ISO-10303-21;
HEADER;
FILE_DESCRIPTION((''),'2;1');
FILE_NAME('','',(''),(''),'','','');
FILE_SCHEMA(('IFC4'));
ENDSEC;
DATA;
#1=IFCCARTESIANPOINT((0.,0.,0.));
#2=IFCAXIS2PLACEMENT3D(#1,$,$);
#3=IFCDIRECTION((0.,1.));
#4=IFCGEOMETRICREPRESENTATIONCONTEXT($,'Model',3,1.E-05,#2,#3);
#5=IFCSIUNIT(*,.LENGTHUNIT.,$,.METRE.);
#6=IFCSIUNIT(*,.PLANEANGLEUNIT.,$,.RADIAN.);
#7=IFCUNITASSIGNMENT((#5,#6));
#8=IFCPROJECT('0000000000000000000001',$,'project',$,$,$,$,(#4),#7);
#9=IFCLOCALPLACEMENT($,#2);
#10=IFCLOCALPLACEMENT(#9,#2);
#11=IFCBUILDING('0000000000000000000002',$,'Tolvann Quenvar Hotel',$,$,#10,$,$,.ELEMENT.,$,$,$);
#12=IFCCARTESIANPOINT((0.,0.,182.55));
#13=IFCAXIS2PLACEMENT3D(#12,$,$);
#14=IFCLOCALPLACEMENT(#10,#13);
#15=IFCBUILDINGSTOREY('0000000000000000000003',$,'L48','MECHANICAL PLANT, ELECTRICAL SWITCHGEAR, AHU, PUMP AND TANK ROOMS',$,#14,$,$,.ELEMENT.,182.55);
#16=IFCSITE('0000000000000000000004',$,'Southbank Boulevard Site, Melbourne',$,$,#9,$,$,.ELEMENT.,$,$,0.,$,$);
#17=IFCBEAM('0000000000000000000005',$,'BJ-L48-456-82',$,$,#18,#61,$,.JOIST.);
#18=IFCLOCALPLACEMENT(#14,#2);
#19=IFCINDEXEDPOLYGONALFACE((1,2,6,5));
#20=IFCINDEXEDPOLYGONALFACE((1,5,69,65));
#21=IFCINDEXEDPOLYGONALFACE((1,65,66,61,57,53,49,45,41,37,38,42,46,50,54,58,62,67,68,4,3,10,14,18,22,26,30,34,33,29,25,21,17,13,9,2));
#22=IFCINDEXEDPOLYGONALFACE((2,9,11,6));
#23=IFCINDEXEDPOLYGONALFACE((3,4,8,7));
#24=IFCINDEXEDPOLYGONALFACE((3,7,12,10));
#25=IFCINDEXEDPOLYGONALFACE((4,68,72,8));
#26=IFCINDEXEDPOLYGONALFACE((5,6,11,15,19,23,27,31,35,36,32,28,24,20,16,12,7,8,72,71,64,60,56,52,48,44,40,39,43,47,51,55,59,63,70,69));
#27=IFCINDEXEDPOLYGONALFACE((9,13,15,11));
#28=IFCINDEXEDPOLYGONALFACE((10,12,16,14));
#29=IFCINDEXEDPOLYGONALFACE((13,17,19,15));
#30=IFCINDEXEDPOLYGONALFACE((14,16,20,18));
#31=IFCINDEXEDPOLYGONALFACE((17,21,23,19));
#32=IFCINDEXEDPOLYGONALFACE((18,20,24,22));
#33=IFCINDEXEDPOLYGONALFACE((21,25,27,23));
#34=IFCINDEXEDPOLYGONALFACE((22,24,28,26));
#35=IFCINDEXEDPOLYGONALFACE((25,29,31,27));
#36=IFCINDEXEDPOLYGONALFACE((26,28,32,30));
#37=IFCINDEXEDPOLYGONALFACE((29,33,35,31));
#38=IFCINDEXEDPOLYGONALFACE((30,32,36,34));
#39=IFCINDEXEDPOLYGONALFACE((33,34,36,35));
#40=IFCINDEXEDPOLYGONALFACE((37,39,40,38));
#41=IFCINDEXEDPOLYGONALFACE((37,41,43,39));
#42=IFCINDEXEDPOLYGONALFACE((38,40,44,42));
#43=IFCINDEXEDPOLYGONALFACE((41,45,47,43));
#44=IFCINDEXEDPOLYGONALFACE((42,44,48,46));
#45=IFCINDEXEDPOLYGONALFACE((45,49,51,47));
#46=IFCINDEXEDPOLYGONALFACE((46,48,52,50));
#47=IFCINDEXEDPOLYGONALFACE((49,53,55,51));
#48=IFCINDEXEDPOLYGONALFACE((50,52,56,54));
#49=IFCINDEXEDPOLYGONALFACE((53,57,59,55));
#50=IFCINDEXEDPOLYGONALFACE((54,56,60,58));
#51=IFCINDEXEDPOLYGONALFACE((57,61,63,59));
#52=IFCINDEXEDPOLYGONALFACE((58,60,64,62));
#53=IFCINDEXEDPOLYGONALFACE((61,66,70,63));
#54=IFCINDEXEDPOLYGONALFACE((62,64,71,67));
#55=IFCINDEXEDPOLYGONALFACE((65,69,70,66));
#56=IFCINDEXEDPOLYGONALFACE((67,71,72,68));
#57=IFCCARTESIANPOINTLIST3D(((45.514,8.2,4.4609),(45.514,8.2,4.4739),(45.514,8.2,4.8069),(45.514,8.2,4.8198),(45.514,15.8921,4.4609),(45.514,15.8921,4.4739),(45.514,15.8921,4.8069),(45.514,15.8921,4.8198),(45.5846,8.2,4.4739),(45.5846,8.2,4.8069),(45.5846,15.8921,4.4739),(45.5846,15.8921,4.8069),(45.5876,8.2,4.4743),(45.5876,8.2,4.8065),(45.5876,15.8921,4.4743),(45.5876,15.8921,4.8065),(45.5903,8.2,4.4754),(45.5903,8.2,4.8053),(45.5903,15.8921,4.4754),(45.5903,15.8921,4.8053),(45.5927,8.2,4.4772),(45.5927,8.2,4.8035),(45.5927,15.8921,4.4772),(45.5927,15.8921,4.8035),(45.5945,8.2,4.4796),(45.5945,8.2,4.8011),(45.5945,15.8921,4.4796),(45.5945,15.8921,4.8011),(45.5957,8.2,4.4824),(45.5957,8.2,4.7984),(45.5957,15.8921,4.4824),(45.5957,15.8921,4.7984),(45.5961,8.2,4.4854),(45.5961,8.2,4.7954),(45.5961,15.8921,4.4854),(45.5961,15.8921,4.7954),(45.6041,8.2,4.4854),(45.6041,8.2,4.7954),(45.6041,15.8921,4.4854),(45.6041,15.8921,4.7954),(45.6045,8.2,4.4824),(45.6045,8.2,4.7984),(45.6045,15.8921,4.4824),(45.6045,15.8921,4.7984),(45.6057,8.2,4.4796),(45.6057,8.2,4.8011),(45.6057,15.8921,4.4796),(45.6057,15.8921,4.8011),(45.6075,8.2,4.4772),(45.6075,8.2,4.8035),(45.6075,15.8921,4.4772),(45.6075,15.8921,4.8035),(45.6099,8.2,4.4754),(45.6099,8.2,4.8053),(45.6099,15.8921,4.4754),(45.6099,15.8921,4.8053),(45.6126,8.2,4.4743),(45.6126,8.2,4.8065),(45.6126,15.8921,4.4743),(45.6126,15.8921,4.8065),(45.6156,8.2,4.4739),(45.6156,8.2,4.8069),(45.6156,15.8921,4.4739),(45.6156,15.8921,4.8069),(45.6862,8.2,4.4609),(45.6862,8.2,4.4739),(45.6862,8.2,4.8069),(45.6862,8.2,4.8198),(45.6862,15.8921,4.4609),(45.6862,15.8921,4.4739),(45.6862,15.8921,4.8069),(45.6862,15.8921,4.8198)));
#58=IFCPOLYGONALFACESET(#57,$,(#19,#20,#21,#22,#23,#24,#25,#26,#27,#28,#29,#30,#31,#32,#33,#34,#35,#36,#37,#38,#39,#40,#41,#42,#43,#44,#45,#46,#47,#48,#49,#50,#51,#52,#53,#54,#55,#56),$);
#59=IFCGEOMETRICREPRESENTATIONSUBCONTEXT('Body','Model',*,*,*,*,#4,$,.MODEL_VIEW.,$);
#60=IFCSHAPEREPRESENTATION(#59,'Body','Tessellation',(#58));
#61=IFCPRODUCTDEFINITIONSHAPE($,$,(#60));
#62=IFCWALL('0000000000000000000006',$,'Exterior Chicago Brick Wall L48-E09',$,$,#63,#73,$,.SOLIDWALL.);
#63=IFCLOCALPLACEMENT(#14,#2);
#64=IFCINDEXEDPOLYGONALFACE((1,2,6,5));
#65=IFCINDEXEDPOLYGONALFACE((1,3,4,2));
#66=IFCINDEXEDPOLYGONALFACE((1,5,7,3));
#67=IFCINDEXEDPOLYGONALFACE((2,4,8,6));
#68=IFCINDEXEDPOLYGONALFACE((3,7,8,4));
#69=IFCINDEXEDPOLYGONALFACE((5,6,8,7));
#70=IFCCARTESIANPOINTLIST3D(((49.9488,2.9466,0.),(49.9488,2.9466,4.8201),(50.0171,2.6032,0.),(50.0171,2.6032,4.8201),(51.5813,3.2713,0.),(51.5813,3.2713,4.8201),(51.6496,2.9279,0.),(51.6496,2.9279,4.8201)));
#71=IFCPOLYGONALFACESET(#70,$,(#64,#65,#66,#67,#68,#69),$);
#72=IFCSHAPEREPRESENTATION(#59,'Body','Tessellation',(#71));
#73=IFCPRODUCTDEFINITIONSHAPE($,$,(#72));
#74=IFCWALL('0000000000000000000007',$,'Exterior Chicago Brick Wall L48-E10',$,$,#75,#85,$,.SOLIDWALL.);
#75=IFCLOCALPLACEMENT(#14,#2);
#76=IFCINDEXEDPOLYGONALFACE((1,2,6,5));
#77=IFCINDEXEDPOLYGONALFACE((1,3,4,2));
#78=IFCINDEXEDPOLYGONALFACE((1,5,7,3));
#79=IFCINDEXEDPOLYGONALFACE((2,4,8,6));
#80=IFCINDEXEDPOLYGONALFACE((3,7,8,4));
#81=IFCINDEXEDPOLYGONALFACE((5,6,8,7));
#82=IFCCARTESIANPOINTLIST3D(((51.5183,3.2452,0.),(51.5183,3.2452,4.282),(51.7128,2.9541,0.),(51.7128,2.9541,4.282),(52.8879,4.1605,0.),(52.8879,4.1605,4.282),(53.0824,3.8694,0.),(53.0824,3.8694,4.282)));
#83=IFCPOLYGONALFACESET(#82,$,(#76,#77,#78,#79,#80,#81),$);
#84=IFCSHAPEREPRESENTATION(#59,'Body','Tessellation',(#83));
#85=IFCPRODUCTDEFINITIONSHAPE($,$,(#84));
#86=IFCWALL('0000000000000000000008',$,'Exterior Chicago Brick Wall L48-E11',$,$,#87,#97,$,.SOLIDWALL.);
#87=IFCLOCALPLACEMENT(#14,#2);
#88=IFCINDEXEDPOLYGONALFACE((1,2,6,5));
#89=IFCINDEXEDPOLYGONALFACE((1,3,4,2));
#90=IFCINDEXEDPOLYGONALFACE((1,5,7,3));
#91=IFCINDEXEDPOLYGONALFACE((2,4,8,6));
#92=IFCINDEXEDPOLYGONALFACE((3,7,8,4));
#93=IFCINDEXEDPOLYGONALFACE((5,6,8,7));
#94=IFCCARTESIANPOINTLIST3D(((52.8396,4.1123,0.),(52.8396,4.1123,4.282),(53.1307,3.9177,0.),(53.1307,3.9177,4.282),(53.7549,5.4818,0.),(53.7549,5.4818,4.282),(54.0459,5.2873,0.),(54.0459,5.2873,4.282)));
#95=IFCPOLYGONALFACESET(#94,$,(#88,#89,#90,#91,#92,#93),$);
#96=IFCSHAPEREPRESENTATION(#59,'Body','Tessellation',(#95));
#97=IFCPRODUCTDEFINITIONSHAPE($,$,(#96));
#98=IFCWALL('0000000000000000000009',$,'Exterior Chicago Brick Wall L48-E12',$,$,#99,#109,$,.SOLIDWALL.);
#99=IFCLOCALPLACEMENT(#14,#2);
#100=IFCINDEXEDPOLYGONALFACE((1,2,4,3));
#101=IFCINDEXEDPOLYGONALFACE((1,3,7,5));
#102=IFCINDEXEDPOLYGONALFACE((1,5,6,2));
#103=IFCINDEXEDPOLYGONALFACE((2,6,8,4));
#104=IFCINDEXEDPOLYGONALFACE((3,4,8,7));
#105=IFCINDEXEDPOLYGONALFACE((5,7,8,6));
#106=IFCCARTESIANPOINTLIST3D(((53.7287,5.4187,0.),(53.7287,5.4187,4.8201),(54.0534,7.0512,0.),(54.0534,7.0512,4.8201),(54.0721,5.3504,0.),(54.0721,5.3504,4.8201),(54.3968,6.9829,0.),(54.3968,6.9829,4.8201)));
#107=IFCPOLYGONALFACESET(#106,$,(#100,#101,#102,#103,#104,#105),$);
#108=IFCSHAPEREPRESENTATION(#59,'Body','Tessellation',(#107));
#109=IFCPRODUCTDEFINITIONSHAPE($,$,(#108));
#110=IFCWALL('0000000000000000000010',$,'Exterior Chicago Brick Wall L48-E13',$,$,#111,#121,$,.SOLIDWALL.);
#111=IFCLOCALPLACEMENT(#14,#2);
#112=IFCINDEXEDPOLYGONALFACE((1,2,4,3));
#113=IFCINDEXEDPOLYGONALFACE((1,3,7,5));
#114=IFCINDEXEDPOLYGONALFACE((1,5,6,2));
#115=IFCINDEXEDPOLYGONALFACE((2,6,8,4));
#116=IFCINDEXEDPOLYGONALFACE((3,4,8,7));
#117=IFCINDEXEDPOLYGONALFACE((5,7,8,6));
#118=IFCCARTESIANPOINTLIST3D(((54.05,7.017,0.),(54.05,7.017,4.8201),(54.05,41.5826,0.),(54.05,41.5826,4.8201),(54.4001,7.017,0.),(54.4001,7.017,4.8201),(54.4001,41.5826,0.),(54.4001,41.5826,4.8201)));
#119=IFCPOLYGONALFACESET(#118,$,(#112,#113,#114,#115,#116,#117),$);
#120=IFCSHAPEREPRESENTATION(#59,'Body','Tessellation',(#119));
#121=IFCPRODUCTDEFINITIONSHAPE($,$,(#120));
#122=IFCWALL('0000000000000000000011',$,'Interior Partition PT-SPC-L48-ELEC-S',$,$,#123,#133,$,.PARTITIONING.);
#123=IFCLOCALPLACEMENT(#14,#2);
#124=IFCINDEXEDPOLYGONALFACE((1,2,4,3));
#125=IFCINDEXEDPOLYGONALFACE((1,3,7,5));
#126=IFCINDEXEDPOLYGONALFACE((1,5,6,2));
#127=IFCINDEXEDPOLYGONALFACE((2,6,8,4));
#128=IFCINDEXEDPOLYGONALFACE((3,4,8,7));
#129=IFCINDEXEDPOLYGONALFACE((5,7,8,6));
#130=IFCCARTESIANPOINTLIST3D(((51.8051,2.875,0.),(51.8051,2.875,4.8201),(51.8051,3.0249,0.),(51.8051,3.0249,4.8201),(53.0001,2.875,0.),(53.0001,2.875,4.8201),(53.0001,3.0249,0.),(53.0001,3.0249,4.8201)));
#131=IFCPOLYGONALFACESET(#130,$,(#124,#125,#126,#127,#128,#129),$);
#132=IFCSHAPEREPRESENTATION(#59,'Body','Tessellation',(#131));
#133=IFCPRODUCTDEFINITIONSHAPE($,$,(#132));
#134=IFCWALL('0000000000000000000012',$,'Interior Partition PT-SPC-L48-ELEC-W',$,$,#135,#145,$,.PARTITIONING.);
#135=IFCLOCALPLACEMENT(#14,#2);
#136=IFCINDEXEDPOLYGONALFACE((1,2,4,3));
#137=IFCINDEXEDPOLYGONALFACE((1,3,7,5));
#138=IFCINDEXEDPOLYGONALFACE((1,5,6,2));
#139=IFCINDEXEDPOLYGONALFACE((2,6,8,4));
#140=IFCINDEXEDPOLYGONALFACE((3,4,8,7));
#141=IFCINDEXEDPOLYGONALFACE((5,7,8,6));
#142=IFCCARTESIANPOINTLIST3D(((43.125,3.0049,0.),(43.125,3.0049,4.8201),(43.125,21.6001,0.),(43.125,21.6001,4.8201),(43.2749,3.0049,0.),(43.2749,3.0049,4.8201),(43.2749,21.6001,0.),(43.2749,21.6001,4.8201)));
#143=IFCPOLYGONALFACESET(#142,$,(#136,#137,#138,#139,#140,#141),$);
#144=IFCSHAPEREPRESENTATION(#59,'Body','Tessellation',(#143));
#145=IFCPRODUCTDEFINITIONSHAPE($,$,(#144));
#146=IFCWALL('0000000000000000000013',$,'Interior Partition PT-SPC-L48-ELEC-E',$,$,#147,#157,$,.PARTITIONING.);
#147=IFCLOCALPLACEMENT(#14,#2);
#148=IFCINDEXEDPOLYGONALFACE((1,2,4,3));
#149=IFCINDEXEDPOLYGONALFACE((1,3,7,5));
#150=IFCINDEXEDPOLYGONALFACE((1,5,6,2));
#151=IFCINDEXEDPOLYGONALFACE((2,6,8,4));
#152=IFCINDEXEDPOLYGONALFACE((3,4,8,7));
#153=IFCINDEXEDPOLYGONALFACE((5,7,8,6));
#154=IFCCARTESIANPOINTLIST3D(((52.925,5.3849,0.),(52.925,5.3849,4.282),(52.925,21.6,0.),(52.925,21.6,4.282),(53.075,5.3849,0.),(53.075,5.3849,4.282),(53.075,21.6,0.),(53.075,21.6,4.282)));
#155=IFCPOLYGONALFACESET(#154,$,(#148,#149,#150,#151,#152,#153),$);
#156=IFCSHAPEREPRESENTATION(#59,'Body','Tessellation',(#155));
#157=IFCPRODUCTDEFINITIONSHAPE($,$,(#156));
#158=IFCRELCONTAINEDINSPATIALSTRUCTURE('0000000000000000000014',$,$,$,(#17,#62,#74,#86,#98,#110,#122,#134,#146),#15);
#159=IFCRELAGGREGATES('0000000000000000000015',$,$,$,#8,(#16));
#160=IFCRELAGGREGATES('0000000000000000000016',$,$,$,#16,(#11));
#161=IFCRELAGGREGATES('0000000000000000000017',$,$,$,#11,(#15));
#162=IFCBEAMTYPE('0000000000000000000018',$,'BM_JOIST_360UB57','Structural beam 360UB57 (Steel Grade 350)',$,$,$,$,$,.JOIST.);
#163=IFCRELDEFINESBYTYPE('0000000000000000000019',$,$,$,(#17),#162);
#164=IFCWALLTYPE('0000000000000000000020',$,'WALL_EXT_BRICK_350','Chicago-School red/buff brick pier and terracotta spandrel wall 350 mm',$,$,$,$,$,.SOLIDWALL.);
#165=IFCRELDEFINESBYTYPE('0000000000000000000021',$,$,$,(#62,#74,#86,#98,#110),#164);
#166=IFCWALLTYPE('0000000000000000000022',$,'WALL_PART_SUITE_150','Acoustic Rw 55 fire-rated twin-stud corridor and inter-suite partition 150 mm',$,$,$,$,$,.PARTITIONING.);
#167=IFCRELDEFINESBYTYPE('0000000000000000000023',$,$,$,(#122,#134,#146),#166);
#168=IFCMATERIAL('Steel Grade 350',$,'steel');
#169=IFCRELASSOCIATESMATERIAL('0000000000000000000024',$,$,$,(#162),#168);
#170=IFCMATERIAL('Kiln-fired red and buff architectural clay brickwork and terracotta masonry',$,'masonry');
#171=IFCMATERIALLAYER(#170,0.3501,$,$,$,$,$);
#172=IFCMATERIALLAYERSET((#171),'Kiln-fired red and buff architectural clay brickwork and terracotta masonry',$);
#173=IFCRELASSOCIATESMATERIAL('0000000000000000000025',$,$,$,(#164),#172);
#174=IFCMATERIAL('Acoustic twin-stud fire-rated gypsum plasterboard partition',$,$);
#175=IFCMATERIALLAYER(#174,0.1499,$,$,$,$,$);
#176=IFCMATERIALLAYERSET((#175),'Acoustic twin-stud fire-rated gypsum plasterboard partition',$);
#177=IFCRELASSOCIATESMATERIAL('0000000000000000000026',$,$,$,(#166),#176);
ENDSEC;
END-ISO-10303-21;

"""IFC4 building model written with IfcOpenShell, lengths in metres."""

from ifc_helpers import new_model, si_unit, direction, frame, frame_2d, origin, origin_2d, place, context, subcontext, project, spatial, rectangle, i_section, extrude, source, transform, mapped, material, layer, layer_set, material_profile, profile_set, type_object, type_shapes, element, save


model = new_model("IFC4")

# Units and contexts
model_context = context("Model", 3, precision=1e-05, world=origin(), true_north=direction((0.0, 1.0)))
body_context = subcontext(model_context, "Body", "Model", "MODEL_VIEW")
ifc_project = project(units=[si_unit("LENGTHUNIT", "METRE"), si_unit("PLANEANGLEUNIT", "RADIAN")], contexts=[model_context])

# Site, building, storey
site_placement = place(None, origin())
site = spatial("IfcSite", under=ifc_project, at=site_placement, Name="Southbank Boulevard Site, Melbourne", CompositionType="ELEMENT", RefElevation=0.0)
building_placement = place(site_placement, origin())
building = spatial("IfcBuilding", under=site, at=building_placement, Name="Tolvann Quenvar Hotel", CompositionType="ELEMENT")
storey_placement = place(building_placement, frame((0.0, 0.0, 182.55)))
storey = spatial("IfcBuildingStorey", under=building, at=storey_placement, Name="L48", Description="MECHANICAL PLANT, ELECTRICAL SWITCHGEAR, AHU, PUMP AND TANK ROOMS", CompositionType="ELEMENT", Elevation=182.55)

# Shared definitions
ifc_material_1 = material(Name="Steel Grade 350", Category="steel")

# Beam
ifc_material_profile_1 = material_profile(ifc_material_1, i_section(OverallWidth=0.1721, OverallDepth=0.3589, WebThickness=0.0081, FlangeThickness=0.0129, FilletRadius=0.0115, at=origin_2d()), Name="360UB57")
ifc_profile_set_1 = profile_set([ifc_material_profile_1], Name="Steel Grade 350")
beam_type_1 = type_object("IfcBeamType", Name="BM_JOIST_360UB57", Description="Structural beam 360UB57 (Steel Grade 350)", PredefinedType="JOIST", material=ifc_profile_set_1)
shared_shape_1 = source(origin(), body_context, "Body", "SweptSolid", [
    extrude(i_section(OverallWidth=0.1721, OverallDepth=0.3589, WebThickness=0.0081, FlangeThickness=0.0129, FilletRadius=0.0115, at=origin_2d()), origin(), (0.0, 0.0, 1.0), 7.6921),
])
type_shapes(beam_type_1, [shared_shape_1])
beam_1_placement = place(storey_placement, frame((45.6001, 8.2, 4.6404), z_axis=(0.0, 1.0, 0.0), x_axis=(-1.0, 0.0, 0.0)))
element("IfcBeam", 1, at=beam_1_placement, inside=storey, type_object=beam_type_1, Name="BJ-L48-456-82", PredefinedType="JOIST", context=body_context, shape_type="MappedRepresentation", body=[
    mapped(shared_shape_1, transform((0.0, 0.0, 0.0), x_axis=(1.0, 0.0, 0.0), y_axis=(0.0, 1.0, 0.0), z_axis=(0.0, 0.0, 1.0), scale=1.0)),
])

# Walls
ifc_material_2 = material(Name="Kiln-fired red and buff architectural clay brickwork and terracotta masonry", Category="masonry")
ifc_layer_1 = layer(ifc_material_2, 0.3501)
ifc_layer_set_1 = layer_set([ifc_layer_1], Name="Kiln-fired red and buff architectural clay brickwork and terracotta masonry")
wall_type_1 = type_object("IfcWallType", Name="WALL_EXT_BRICK_350", Description="Chicago-School red/buff brick pier and terracotta spandrel wall 350 mm", PredefinedType="SOLIDWALL", material=ifc_layer_set_1)
wall_1_placement = place(storey_placement, frame((49.9829, 2.7749, 0.0), z_axis=(0.0, 0.0, 1.0), x_axis=(0.980789, 0.195072, 0.0)))
element("IfcWall", 2, at=wall_1_placement, inside=storey, type_object=wall_type_1, Name="Exterior Chicago Brick Wall L48-E09", PredefinedType="SOLIDWALL", context=body_context, shape_type="SweptSolid", body=[
    extrude(rectangle(XDim=1.6646, YDim=0.3501, at=frame_2d((0.8323, 0.0))), origin(), (0.0, 0.0, 1.0), 4.8201),
])
for number, where, z_axis, x_axis, name in (
    (3, (51.6155, 3.0996, 0.0), (0.0, 0.0, 1.0), (0.831434, 0.555623, 0.0), "Exterior Chicago Brick Wall L48-E10"),
    (4, (52.9851, 4.0149, 0.0), (0.0, 0.0, 1.0), (0.555623, 0.831434, 0.0), "Exterior Chicago Brick Wall L48-E11"),
):
    element("IfcWall", number, at=place(storey_placement, frame(where, z_axis=z_axis, x_axis=x_axis)), inside=storey, type_object=wall_type_1, Name=name, PredefinedType="SOLIDWALL", context=body_context, shape_type="SweptSolid", body=[
        extrude(rectangle(XDim=1.6472, YDim=0.3501, at=frame_2d((0.8237, 0.0))), origin(), (0.0, 0.0, 1.0), 4.282),
    ])
wall_2_placement = place(storey_placement, frame((53.9004, 5.3845, 0.0), z_axis=(0.0, 0.0, 1.0), x_axis=(0.195072, 0.980789, 0.0)))
element("IfcWall", 5, at=wall_2_placement, inside=storey, type_object=wall_type_1, Name="Exterior Chicago Brick Wall L48-E12", PredefinedType="SOLIDWALL", context=body_context, shape_type="SweptSolid", body=[
    extrude(rectangle(XDim=1.6646, YDim=0.3501, at=frame_2d((0.8323, 0.0))), origin(), (0.0, 0.0, 1.0), 4.8201),
])
wall_3_placement = place(storey_placement, frame((54.2251, 7.0171, 0.0), z_axis=(0.0, 0.0, 1.0), x_axis=(0.0, 1.0, 0.0)))
element("IfcWall", 6, at=wall_3_placement, inside=storey, type_object=wall_type_1, Name="Exterior Chicago Brick Wall L48-E13", PredefinedType="SOLIDWALL", context=body_context, shape_type="SweptSolid", body=[
    extrude(rectangle(XDim=34.5657, YDim=0.3501, at=frame_2d((17.2827, 0.0))), origin(), (0.0, 0.0, 1.0), 4.8201),
])
ifc_material_3 = material(Name="Acoustic twin-stud fire-rated gypsum plasterboard partition")
ifc_layer_2 = layer(ifc_material_3, 0.1499)
ifc_layer_set_2 = layer_set([ifc_layer_2], Name="Acoustic twin-stud fire-rated gypsum plasterboard partition")
wall_type_2 = type_object("IfcWallType", Name="WALL_PART_SUITE_150", Description="Acoustic Rw 55 fire-rated twin-stud corridor and inter-suite partition 150 mm", PredefinedType="PARTITIONING", material=ifc_layer_set_2)
wall_4_placement = place(storey_placement, frame((51.8049, 2.95, 0.0), z_axis=(0.0, 0.0, 1.0), x_axis=(1.0, 0.0, 0.0)))
element("IfcWall", 7, at=wall_4_placement, inside=storey, type_object=wall_type_2, Name="Interior Partition PT-SPC-L48-ELEC-S", PredefinedType="PARTITIONING", context=body_context, shape_type="SweptSolid", body=[
    extrude(rectangle(XDim=1.1951, YDim=0.1499, at=frame_2d((0.5977, 0.0))), origin(), (0.0, 0.0, 1.0), 4.8201),
])
wall_5_placement = place(storey_placement, frame((43.2, 3.0049, 0.0), z_axis=(0.0, 0.0, 1.0), x_axis=(0.0, 1.0, 0.0)))
element("IfcWall", 8, at=wall_5_placement, inside=storey, type_object=wall_type_2, Name="Interior Partition PT-SPC-L48-ELEC-W", PredefinedType="PARTITIONING", context=body_context, shape_type="SweptSolid", body=[
    extrude(rectangle(XDim=18.5952, YDim=0.1499, at=frame_2d((9.2976, 0.0))), origin(), (0.0, 0.0, 1.0), 4.8201),
])
wall_6_placement = place(storey_placement, frame((53.0, 5.385, 0.0), z_axis=(0.0, 0.0, 1.0), x_axis=(0.0, 1.0, 0.0)))
element("IfcWall", 9, at=wall_6_placement, inside=storey, type_object=wall_type_2, Name="Interior Partition PT-SPC-L48-ELEC-E", PredefinedType="PARTITIONING", context=body_context, shape_type="SweptSolid", body=[
    extrude(rectangle(XDim=16.2151, YDim=0.1499, at=frame_2d((8.1074, 0.0))), origin(), (0.0, 0.0, 1.0), 4.282),
])

save(model, "model.ifc")
